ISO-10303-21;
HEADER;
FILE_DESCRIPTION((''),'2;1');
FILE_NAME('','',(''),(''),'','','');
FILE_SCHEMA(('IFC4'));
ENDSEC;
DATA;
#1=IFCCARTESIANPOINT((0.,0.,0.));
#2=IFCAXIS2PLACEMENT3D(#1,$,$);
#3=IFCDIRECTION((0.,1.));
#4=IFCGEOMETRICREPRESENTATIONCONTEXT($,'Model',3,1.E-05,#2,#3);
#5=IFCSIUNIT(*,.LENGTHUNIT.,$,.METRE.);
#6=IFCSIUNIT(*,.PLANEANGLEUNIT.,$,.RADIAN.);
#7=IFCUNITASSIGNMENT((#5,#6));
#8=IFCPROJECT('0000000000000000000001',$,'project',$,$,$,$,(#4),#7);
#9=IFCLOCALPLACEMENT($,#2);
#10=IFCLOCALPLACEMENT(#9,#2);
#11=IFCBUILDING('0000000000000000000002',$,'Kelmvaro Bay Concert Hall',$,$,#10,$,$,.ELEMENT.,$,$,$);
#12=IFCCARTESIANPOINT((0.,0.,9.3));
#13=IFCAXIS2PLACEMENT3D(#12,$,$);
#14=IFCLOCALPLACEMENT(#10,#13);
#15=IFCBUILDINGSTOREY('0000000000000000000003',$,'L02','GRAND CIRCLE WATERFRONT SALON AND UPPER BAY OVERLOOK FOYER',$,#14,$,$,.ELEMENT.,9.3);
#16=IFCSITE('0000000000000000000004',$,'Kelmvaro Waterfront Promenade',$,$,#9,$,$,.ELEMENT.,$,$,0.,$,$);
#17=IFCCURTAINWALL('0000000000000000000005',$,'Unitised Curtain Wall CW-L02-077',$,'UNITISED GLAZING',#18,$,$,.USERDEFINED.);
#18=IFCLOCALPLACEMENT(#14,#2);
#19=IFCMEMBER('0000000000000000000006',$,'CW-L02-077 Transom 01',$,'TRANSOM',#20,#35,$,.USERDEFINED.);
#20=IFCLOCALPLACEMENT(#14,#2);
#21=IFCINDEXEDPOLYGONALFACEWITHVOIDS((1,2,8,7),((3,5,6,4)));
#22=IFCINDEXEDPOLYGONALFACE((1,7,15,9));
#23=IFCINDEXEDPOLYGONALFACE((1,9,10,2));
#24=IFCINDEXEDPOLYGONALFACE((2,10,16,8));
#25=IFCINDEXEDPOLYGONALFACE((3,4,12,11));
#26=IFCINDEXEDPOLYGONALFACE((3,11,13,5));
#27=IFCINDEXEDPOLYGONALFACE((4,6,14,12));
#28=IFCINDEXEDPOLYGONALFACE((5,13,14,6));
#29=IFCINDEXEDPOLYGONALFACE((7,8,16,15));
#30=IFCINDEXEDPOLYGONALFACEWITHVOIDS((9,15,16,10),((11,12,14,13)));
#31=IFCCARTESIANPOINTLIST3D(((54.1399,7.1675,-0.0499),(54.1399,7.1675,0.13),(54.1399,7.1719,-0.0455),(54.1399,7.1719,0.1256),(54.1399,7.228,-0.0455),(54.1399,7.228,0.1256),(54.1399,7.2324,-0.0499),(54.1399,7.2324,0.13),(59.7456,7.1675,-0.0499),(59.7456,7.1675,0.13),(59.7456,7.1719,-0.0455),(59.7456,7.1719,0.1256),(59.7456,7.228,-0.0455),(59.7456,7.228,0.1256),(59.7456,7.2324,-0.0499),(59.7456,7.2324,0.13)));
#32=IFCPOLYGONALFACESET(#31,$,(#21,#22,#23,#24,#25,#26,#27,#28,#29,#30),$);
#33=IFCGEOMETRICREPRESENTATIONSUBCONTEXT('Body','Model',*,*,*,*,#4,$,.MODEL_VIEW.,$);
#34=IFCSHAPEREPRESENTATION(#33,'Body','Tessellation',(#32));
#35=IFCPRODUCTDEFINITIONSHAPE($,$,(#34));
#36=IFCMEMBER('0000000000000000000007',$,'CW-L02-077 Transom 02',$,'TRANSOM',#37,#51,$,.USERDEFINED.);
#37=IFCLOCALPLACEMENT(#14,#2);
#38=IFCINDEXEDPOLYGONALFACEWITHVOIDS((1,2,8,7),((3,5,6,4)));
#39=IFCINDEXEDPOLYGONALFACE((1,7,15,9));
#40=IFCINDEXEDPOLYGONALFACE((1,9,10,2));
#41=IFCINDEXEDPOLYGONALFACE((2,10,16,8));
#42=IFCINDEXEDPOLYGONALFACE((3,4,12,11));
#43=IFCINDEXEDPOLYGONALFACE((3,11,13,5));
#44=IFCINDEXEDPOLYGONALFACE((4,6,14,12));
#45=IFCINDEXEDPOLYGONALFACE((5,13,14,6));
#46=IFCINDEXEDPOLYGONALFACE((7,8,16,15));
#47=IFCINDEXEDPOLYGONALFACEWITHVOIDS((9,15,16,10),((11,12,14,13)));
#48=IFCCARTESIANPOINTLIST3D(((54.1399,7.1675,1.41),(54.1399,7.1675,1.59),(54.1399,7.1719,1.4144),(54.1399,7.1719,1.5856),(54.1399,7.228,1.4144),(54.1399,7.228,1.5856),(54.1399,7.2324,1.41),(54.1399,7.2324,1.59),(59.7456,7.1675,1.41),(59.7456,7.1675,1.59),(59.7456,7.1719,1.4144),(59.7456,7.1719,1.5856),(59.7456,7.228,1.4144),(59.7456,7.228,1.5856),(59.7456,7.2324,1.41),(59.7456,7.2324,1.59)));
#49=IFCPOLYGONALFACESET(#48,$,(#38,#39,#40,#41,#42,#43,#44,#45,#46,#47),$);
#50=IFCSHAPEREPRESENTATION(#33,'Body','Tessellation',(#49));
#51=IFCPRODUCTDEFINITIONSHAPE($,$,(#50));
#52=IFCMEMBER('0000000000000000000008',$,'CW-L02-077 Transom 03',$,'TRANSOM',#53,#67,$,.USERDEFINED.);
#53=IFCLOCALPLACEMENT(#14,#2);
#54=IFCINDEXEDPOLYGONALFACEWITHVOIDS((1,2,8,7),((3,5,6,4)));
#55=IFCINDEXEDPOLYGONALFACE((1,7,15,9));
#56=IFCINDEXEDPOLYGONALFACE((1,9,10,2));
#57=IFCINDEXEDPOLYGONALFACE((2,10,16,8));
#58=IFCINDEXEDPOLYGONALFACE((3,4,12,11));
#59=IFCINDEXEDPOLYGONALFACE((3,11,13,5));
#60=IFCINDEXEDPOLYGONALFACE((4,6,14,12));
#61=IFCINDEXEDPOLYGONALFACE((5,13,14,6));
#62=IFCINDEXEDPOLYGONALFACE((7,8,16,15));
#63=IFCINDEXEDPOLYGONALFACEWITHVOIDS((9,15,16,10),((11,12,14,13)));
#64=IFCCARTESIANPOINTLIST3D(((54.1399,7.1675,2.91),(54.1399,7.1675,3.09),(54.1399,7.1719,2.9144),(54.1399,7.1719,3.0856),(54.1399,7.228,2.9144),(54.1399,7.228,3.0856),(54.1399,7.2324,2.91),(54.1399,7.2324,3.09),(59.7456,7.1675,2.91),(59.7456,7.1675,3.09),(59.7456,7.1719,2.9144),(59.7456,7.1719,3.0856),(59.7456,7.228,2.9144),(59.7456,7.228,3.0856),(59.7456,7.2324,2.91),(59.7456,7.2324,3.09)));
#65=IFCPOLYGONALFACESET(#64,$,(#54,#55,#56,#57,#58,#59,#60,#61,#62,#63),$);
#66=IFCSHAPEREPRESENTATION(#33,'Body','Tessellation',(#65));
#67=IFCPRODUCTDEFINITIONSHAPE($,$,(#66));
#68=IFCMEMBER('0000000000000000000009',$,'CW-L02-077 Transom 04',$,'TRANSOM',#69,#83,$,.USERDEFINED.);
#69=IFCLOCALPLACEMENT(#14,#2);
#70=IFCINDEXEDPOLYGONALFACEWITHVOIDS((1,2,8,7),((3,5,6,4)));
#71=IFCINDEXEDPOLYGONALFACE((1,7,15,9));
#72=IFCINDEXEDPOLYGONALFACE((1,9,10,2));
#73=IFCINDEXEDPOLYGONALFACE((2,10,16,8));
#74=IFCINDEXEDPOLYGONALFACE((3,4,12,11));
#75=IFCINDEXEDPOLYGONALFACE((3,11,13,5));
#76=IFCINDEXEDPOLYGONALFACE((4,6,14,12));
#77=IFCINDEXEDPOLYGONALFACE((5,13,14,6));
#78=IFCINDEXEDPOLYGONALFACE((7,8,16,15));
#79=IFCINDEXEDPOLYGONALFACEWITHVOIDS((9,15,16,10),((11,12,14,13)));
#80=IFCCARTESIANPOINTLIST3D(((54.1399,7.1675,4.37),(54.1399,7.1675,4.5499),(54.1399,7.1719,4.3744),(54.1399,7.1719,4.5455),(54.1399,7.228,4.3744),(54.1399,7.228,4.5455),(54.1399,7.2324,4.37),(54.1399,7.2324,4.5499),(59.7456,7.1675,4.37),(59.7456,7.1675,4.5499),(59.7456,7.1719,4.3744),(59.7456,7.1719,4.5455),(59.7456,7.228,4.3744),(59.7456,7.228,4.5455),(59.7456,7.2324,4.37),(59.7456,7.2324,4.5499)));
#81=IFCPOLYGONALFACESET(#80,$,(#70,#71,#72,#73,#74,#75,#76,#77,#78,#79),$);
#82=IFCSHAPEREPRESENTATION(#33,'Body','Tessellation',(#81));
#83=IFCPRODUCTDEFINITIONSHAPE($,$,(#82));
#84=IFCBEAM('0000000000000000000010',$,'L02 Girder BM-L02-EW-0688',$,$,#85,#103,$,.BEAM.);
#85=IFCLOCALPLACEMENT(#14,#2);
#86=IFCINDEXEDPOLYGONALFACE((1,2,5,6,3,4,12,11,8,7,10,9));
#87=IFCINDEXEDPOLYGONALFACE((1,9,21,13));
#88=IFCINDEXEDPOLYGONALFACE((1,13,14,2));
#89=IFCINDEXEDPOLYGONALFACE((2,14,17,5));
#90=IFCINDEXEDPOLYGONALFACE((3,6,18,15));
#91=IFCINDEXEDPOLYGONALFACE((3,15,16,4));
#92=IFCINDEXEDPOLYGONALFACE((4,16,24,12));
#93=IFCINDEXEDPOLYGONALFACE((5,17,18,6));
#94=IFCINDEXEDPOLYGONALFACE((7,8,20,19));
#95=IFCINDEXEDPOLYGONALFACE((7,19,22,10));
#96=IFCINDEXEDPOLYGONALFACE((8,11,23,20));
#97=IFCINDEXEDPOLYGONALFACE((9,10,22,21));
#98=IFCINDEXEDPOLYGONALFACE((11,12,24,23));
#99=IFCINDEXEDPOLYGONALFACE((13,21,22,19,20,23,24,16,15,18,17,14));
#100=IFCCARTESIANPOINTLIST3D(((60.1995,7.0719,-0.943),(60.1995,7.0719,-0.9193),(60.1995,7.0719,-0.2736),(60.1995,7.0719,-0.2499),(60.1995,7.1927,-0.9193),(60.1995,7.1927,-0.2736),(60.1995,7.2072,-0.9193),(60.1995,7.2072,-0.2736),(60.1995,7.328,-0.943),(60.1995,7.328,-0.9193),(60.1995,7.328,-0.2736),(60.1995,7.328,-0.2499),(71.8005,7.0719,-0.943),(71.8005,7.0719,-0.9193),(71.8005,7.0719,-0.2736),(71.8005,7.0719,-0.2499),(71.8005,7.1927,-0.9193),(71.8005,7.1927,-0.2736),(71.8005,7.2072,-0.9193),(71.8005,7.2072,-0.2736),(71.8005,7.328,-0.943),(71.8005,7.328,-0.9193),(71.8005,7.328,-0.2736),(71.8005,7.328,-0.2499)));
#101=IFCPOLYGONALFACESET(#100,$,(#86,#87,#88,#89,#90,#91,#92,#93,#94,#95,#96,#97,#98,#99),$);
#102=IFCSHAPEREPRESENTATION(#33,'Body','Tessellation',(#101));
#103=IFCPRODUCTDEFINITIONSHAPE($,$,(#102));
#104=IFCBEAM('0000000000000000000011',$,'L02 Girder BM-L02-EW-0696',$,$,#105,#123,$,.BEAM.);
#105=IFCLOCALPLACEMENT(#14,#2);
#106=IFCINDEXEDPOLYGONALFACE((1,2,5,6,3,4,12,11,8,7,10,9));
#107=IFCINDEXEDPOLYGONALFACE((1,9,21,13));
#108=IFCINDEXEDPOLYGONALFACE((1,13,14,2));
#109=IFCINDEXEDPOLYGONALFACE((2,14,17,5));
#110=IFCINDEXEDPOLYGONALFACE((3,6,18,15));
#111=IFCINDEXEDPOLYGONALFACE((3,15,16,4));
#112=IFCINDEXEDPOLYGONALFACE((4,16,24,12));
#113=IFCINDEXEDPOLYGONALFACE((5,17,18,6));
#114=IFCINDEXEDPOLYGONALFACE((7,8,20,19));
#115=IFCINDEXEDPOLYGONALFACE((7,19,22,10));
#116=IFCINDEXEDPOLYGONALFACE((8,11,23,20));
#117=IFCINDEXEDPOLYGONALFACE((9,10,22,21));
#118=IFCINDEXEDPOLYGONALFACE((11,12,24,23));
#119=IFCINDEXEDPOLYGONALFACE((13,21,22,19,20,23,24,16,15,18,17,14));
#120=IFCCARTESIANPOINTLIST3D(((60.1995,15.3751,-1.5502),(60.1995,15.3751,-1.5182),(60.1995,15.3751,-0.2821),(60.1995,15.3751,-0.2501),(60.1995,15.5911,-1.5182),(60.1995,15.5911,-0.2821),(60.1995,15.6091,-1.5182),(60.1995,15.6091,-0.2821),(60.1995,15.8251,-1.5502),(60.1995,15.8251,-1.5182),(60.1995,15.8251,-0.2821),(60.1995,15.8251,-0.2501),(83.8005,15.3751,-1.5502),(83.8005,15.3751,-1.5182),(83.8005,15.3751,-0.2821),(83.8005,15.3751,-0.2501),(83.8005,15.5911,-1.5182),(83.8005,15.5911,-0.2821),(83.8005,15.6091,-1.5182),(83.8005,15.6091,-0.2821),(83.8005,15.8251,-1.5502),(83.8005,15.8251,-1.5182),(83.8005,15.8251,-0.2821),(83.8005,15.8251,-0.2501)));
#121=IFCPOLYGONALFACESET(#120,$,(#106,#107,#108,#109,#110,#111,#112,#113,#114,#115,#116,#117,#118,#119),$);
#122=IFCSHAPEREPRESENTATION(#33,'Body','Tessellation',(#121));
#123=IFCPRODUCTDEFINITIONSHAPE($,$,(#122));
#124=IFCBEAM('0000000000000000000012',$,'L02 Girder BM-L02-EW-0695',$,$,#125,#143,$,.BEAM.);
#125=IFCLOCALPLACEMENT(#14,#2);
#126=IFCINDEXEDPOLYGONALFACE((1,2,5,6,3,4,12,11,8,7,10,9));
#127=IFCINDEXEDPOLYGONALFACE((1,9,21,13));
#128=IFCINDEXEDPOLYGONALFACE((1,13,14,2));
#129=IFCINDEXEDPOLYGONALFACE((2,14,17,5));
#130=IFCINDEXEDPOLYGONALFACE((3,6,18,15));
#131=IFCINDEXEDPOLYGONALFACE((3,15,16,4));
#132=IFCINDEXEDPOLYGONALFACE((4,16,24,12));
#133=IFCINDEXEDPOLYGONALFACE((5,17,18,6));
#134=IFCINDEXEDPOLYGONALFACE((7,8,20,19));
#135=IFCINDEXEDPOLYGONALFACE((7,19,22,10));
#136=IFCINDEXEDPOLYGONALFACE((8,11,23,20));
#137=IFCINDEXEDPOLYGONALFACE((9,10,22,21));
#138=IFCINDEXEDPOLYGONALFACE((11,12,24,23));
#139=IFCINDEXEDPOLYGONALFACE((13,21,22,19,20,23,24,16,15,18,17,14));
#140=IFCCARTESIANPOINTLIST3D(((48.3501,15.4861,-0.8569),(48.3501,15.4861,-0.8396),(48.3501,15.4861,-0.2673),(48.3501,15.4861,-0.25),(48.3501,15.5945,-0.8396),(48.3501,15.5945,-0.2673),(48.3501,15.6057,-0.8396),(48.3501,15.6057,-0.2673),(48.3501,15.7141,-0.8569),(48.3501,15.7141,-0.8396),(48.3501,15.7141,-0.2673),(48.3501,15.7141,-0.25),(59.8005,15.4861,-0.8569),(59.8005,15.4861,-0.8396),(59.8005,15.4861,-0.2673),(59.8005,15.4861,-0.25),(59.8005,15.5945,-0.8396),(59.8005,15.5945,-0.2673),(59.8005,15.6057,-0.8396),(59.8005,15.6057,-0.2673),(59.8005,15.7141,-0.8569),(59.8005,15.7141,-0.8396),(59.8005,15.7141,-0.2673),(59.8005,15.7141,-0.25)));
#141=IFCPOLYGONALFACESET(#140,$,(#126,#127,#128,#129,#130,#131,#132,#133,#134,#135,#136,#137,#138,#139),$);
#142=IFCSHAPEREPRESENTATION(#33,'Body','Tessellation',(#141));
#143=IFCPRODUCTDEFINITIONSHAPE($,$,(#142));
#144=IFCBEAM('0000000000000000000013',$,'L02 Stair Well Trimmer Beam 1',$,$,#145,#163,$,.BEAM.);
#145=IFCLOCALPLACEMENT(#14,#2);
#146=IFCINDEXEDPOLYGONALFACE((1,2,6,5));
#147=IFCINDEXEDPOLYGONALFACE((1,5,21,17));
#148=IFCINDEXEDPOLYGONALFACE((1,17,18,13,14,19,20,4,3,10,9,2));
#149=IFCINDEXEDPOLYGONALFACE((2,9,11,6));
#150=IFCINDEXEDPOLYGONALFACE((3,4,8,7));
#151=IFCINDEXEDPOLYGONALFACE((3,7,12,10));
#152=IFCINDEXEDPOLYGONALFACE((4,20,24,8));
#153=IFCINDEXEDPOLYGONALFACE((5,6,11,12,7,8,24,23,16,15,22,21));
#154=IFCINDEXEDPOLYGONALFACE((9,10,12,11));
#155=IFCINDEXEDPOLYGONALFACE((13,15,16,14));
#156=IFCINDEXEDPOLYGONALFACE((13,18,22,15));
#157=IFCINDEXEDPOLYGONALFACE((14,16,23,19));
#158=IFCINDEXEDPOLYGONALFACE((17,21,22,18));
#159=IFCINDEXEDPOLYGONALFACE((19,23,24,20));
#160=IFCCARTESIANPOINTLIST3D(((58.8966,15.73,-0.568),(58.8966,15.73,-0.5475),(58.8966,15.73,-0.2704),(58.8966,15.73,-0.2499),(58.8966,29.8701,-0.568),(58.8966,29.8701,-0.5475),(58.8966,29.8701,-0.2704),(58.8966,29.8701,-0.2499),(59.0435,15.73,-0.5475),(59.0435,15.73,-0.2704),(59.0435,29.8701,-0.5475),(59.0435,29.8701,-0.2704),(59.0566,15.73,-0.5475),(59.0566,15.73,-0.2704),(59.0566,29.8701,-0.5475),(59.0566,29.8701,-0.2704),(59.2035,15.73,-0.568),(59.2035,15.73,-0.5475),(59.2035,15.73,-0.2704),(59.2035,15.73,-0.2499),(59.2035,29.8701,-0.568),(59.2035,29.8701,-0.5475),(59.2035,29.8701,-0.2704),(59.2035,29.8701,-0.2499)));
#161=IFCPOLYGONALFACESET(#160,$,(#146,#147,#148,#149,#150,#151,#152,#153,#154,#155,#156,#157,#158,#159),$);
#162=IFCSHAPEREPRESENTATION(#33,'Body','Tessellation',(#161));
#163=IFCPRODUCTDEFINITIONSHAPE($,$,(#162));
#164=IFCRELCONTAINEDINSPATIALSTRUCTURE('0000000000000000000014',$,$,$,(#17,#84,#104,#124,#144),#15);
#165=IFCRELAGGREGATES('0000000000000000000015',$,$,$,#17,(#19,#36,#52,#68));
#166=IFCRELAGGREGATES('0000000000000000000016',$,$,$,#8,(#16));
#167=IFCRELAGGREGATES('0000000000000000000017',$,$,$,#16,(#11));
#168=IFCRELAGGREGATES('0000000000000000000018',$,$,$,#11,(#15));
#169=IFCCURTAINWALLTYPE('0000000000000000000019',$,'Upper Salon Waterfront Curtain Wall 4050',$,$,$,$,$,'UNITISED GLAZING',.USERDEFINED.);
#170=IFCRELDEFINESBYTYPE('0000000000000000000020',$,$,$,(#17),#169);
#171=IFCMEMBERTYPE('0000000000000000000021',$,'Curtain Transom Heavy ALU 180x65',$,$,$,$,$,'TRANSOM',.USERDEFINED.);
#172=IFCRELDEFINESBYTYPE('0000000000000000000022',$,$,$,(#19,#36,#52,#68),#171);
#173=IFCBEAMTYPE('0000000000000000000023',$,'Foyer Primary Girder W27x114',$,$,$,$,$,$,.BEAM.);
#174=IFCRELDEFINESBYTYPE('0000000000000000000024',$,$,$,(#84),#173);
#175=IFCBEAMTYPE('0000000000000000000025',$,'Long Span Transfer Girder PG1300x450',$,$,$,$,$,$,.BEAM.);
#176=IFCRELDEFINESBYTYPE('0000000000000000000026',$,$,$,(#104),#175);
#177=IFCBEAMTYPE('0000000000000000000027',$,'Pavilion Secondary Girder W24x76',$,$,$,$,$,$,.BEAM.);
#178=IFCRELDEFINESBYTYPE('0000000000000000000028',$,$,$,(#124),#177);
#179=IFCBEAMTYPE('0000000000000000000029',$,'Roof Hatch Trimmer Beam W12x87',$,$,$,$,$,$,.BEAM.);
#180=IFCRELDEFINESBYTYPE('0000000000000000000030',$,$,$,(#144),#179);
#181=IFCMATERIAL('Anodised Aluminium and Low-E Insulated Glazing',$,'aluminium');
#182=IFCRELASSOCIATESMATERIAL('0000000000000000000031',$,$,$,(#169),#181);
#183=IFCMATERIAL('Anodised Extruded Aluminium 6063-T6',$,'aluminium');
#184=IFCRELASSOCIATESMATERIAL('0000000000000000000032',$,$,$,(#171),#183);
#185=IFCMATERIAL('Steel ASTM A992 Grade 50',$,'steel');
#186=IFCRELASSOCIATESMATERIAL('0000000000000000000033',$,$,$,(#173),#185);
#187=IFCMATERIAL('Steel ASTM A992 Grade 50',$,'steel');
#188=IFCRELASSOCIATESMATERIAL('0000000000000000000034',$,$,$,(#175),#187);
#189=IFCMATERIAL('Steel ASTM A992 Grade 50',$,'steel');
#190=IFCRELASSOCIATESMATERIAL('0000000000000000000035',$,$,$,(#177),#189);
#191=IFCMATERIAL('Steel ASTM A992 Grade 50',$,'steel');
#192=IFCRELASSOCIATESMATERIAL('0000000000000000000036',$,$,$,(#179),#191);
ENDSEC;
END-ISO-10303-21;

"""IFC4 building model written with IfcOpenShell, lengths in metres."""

from ifc_helpers import new_model, si_unit, direction, frame, origin, origin_2d, place, context, subcontext, project, spatial, hollow_rectangle, i_section, extrude, material, material_profile, profile_set, type_object, element, aggregate, save


model = new_model("IFC4")

# Units and contexts
model_context = context("Model", 3, precision=1e-05, world=origin(), true_north=direction((0.0, 1.0)))
body_context = subcontext(model_context, "Body", "Model", "MODEL_VIEW")
ifc_project = project(units=[si_unit("LENGTHUNIT", "METRE"), si_unit("PLANEANGLEUNIT", "RADIAN")], contexts=[model_context])

# Site, building, storey
site_placement = place(None, origin())
site = spatial("IfcSite", under=ifc_project, at=site_placement, Name="Kelmvaro Waterfront Promenade", CompositionType="ELEMENT", RefElevation=0.0)
building_placement = place(site_placement, origin())
building = spatial("IfcBuilding", under=site, at=building_placement, Name="Kelmvaro Bay Concert Hall", CompositionType="ELEMENT")
storey_placement = place(building_placement, frame((0.0, 0.0, 9.3)))
storey = spatial("IfcBuildingStorey", under=building, at=storey_placement, Name="L02", Description="GRAND CIRCLE WATERFRONT SALON AND UPPER BAY OVERLOOK FOYER", CompositionType="ELEMENT", Elevation=9.3)

# Curtain wall
ifc_material_1 = material(Name="Anodised Aluminium and Low-E Insulated Glazing", Category="aluminium")
curtain_wall_type = type_object("IfcCurtainWallType", Name="Upper Salon Waterfront Curtain Wall 4050", ElementType="UNITISED GLAZING", PredefinedType="USERDEFINED", material=ifc_material_1)
curtain_wall_1_placement = place(storey_placement, origin())
curtain_wall_1 = element("IfcCurtainWall", 1, at=curtain_wall_1_placement, inside=storey, type_object=curtain_wall_type, Name="Unitised Curtain Wall CW-L02-077", ObjectType="UNITISED GLAZING", PredefinedType="USERDEFINED")

# Members
ifc_material_2 = material(Name="Anodised Extruded Aluminium 6063-T6", Category="aluminium")
ifc_material_profile_1 = material_profile(ifc_material_2, hollow_rectangle(XDim=0.0649, YDim=0.1799, WallThickness=0.0044, at=origin_2d()), Name="ALU-TRN-180X65")
ifc_profile_set_1 = profile_set([ifc_material_profile_1], Name="Anodised Extruded Aluminium 6063-T6")
member_type_1 = type_object("IfcMemberType", Name="Curtain Transom Heavy ALU 180x65", ElementType="TRANSOM", PredefinedType="USERDEFINED", material=ifc_profile_set_1)
member_1_placement = place(storey_placement, frame((59.7456, 7.2, 0.04), z_axis=(-1.0, 0.0, 0.0), x_axis=(0.0, -1.0, 0.0)))
member_1 = element("IfcMember", 2, at=member_1_placement, type_object=member_type_1, Name="CW-L02-077 Transom 01", ObjectType="TRANSOM", PredefinedType="USERDEFINED", context=body_context, shape_type="SweptSolid", body=[
    extrude(hollow_rectangle(XDim=0.0649, YDim=0.1799, WallThickness=0.0044, at=origin_2d()), origin(), (0.0, 0.0, 1.0), 5.6057),
])
member_2_placement = place(storey_placement, frame((59.7456, 7.2, 1.5), z_axis=(-1.0, 0.0, 0.0), x_axis=(0.0, -1.0, 0.0)))
member_2 = element("IfcMember", 3, at=member_2_placement, type_object=member_type_1, Name="CW-L02-077 Transom 02", ObjectType="TRANSOM", PredefinedType="USERDEFINED", context=body_context, shape_type="SweptSolid", body=[
    extrude(hollow_rectangle(XDim=0.0649, YDim=0.1799, WallThickness=0.0044, at=origin_2d()), origin(), (0.0, 0.0, 1.0), 5.6057),
])
member_3_placement = place(storey_placement, frame((59.7456, 7.2, 3.0), z_axis=(-1.0, 0.0, 0.0), x_axis=(0.0, -1.0, 0.0)))
member_3 = element("IfcMember", 4, at=member_3_placement, type_object=member_type_1, Name="CW-L02-077 Transom 03", ObjectType="TRANSOM", PredefinedType="USERDEFINED", context=body_context, shape_type="SweptSolid", body=[
    extrude(hollow_rectangle(XDim=0.0649, YDim=0.1799, WallThickness=0.0044, at=origin_2d()), origin(), (0.0, 0.0, 1.0), 5.6057),
])
member_4_placement = place(storey_placement, frame((59.7456, 7.2, 4.46), z_axis=(-1.0, 0.0, 0.0), x_axis=(0.0, -1.0, 0.0)))
member_4 = element("IfcMember", 5, at=member_4_placement, type_object=member_type_1, Name="CW-L02-077 Transom 04", ObjectType="TRANSOM", PredefinedType="USERDEFINED", context=body_context, shape_type="SweptSolid", body=[
    extrude(hollow_rectangle(XDim=0.0649, YDim=0.1799, WallThickness=0.0044, at=origin_2d()), origin(), (0.0, 0.0, 1.0), 5.6057),
])
aggregate(curtain_wall_1, [member_1, member_2, member_3, member_4])

# Beams
ifc_material_3 = material(Name="Steel ASTM A992 Grade 50", Category="steel")
ifc_material_profile_2 = material_profile(ifc_material_3, i_section(OverallWidth=0.2561, OverallDepth=0.6931, WebThickness=0.0144, FlangeThickness=0.0237, at=origin_2d()), Name="W27X114")
ifc_profile_set_2 = profile_set([ifc_material_profile_2], Name="Steel ASTM A992 Grade 50")
beam_type_1 = type_object("IfcBeamType", Name="Foyer Primary Girder W27x114", PredefinedType="BEAM", material=ifc_profile_set_2)
beam_1_placement = place(storey_placement, frame((60.1995, 7.2, -0.5964), z_axis=(1.0, 0.0, 0.0), x_axis=(0.0, 1.0, 0.0)))
element("IfcBeam", 6, at=beam_1_placement, inside=storey, type_object=beam_type_1, Name="L02 Girder BM-L02-EW-0688", PredefinedType="BEAM", context=body_context, shape_type="SweptSolid", body=[
    extrude(i_section(OverallWidth=0.2561, OverallDepth=0.6931, WebThickness=0.0144, FlangeThickness=0.0237, at=origin_2d()), origin(), (0.0, 0.0, 1.0), 11.6011),
])
ifc_material_4 = material(Name="Steel ASTM A992 Grade 50", Category="steel")
ifc_material_profile_3 = material_profile(ifc_material_4, i_section(OverallWidth=0.45, OverallDepth=1.3, WebThickness=0.0181, FlangeThickness=0.032, at=origin_2d()), Name="PG1300X450")
ifc_profile_set_3 = profile_set([ifc_material_profile_3], Name="Steel ASTM A992 Grade 50")
beam_type_2 = type_object("IfcBeamType", Name="Long Span Transfer Girder PG1300x450", PredefinedType="BEAM", material=ifc_profile_set_3)
beam_2_placement = place(storey_placement, frame((60.1995, 15.6001, -0.9001), z_axis=(1.0, 0.0, 0.0), x_axis=(0.0, 1.0, 0.0)))
element("IfcBeam", 7, at=beam_2_placement, inside=storey, type_object=beam_type_2, Name="L02 Girder BM-L02-EW-0696", PredefinedType="BEAM", context=body_context, shape_type="SweptSolid", body=[
    extrude(i_section(OverallWidth=0.45, OverallDepth=1.3, WebThickness=0.0181, FlangeThickness=0.032, at=origin_2d()), origin(), (0.0, 0.0, 1.0), 23.6011),
])
ifc_material_5 = material(Name="Steel ASTM A992 Grade 50", Category="steel")
ifc_material_profile_4 = material_profile(ifc_material_5, i_section(OverallWidth=0.228, OverallDepth=0.6069, WebThickness=0.0112, FlangeThickness=0.0173, at=origin_2d()), Name="W24X76")
ifc_profile_set_4 = profile_set([ifc_material_profile_4], Name="Steel ASTM A992 Grade 50")
beam_type_3 = type_object("IfcBeamType", Name="Pavilion Secondary Girder W24x76", PredefinedType="BEAM", material=ifc_profile_set_4)
beam_3_placement = place(storey_placement, frame((48.3501, 15.6001, -0.5535), z_axis=(1.0, 0.0, 0.0), x_axis=(0.0, 1.0, 0.0)))
element("IfcBeam", 8, at=beam_3_placement, inside=storey, type_object=beam_type_3, Name="L02 Girder BM-L02-EW-0695", PredefinedType="BEAM", context=body_context, shape_type="SweptSolid", body=[
    extrude(i_section(OverallWidth=0.228, OverallDepth=0.6069, WebThickness=0.0112, FlangeThickness=0.0173, at=origin_2d()), origin(), (0.0, 0.0, 1.0), 11.4504),
])
ifc_material_6 = material(Name="Steel ASTM A992 Grade 50", Category="steel")
ifc_material_profile_5 = material_profile(ifc_material_6, i_section(OverallWidth=0.3069, OverallDepth=0.3181, WebThickness=0.0132, FlangeThickness=0.0205, at=origin_2d()), Name="W12X87")
ifc_profile_set_5 = profile_set([ifc_material_profile_5], Name="Steel ASTM A992 Grade 50")
beam_type_4 = type_object("IfcBeamType", Name="Roof Hatch Trimmer Beam W12x87", PredefinedType="BEAM", material=ifc_profile_set_5)
beam_4_placement = place(storey_placement, frame((59.05, 15.73, -0.4089), z_axis=(0.0, 1.0, 0.0), x_axis=(-1.0, 0.0, 0.0)))
element("IfcBeam", 9, at=beam_4_placement, inside=storey, type_object=beam_type_4, Name="L02 Stair Well Trimmer Beam 1", PredefinedType="BEAM", context=body_context, shape_type="SweptSolid", body=[
    extrude(i_section(OverallWidth=0.3069, OverallDepth=0.3181, WebThickness=0.0132, FlangeThickness=0.0205, at=origin_2d()), origin(), (0.0, 0.0, 1.0), 14.1401),
])

save(model, "model.ifc")
